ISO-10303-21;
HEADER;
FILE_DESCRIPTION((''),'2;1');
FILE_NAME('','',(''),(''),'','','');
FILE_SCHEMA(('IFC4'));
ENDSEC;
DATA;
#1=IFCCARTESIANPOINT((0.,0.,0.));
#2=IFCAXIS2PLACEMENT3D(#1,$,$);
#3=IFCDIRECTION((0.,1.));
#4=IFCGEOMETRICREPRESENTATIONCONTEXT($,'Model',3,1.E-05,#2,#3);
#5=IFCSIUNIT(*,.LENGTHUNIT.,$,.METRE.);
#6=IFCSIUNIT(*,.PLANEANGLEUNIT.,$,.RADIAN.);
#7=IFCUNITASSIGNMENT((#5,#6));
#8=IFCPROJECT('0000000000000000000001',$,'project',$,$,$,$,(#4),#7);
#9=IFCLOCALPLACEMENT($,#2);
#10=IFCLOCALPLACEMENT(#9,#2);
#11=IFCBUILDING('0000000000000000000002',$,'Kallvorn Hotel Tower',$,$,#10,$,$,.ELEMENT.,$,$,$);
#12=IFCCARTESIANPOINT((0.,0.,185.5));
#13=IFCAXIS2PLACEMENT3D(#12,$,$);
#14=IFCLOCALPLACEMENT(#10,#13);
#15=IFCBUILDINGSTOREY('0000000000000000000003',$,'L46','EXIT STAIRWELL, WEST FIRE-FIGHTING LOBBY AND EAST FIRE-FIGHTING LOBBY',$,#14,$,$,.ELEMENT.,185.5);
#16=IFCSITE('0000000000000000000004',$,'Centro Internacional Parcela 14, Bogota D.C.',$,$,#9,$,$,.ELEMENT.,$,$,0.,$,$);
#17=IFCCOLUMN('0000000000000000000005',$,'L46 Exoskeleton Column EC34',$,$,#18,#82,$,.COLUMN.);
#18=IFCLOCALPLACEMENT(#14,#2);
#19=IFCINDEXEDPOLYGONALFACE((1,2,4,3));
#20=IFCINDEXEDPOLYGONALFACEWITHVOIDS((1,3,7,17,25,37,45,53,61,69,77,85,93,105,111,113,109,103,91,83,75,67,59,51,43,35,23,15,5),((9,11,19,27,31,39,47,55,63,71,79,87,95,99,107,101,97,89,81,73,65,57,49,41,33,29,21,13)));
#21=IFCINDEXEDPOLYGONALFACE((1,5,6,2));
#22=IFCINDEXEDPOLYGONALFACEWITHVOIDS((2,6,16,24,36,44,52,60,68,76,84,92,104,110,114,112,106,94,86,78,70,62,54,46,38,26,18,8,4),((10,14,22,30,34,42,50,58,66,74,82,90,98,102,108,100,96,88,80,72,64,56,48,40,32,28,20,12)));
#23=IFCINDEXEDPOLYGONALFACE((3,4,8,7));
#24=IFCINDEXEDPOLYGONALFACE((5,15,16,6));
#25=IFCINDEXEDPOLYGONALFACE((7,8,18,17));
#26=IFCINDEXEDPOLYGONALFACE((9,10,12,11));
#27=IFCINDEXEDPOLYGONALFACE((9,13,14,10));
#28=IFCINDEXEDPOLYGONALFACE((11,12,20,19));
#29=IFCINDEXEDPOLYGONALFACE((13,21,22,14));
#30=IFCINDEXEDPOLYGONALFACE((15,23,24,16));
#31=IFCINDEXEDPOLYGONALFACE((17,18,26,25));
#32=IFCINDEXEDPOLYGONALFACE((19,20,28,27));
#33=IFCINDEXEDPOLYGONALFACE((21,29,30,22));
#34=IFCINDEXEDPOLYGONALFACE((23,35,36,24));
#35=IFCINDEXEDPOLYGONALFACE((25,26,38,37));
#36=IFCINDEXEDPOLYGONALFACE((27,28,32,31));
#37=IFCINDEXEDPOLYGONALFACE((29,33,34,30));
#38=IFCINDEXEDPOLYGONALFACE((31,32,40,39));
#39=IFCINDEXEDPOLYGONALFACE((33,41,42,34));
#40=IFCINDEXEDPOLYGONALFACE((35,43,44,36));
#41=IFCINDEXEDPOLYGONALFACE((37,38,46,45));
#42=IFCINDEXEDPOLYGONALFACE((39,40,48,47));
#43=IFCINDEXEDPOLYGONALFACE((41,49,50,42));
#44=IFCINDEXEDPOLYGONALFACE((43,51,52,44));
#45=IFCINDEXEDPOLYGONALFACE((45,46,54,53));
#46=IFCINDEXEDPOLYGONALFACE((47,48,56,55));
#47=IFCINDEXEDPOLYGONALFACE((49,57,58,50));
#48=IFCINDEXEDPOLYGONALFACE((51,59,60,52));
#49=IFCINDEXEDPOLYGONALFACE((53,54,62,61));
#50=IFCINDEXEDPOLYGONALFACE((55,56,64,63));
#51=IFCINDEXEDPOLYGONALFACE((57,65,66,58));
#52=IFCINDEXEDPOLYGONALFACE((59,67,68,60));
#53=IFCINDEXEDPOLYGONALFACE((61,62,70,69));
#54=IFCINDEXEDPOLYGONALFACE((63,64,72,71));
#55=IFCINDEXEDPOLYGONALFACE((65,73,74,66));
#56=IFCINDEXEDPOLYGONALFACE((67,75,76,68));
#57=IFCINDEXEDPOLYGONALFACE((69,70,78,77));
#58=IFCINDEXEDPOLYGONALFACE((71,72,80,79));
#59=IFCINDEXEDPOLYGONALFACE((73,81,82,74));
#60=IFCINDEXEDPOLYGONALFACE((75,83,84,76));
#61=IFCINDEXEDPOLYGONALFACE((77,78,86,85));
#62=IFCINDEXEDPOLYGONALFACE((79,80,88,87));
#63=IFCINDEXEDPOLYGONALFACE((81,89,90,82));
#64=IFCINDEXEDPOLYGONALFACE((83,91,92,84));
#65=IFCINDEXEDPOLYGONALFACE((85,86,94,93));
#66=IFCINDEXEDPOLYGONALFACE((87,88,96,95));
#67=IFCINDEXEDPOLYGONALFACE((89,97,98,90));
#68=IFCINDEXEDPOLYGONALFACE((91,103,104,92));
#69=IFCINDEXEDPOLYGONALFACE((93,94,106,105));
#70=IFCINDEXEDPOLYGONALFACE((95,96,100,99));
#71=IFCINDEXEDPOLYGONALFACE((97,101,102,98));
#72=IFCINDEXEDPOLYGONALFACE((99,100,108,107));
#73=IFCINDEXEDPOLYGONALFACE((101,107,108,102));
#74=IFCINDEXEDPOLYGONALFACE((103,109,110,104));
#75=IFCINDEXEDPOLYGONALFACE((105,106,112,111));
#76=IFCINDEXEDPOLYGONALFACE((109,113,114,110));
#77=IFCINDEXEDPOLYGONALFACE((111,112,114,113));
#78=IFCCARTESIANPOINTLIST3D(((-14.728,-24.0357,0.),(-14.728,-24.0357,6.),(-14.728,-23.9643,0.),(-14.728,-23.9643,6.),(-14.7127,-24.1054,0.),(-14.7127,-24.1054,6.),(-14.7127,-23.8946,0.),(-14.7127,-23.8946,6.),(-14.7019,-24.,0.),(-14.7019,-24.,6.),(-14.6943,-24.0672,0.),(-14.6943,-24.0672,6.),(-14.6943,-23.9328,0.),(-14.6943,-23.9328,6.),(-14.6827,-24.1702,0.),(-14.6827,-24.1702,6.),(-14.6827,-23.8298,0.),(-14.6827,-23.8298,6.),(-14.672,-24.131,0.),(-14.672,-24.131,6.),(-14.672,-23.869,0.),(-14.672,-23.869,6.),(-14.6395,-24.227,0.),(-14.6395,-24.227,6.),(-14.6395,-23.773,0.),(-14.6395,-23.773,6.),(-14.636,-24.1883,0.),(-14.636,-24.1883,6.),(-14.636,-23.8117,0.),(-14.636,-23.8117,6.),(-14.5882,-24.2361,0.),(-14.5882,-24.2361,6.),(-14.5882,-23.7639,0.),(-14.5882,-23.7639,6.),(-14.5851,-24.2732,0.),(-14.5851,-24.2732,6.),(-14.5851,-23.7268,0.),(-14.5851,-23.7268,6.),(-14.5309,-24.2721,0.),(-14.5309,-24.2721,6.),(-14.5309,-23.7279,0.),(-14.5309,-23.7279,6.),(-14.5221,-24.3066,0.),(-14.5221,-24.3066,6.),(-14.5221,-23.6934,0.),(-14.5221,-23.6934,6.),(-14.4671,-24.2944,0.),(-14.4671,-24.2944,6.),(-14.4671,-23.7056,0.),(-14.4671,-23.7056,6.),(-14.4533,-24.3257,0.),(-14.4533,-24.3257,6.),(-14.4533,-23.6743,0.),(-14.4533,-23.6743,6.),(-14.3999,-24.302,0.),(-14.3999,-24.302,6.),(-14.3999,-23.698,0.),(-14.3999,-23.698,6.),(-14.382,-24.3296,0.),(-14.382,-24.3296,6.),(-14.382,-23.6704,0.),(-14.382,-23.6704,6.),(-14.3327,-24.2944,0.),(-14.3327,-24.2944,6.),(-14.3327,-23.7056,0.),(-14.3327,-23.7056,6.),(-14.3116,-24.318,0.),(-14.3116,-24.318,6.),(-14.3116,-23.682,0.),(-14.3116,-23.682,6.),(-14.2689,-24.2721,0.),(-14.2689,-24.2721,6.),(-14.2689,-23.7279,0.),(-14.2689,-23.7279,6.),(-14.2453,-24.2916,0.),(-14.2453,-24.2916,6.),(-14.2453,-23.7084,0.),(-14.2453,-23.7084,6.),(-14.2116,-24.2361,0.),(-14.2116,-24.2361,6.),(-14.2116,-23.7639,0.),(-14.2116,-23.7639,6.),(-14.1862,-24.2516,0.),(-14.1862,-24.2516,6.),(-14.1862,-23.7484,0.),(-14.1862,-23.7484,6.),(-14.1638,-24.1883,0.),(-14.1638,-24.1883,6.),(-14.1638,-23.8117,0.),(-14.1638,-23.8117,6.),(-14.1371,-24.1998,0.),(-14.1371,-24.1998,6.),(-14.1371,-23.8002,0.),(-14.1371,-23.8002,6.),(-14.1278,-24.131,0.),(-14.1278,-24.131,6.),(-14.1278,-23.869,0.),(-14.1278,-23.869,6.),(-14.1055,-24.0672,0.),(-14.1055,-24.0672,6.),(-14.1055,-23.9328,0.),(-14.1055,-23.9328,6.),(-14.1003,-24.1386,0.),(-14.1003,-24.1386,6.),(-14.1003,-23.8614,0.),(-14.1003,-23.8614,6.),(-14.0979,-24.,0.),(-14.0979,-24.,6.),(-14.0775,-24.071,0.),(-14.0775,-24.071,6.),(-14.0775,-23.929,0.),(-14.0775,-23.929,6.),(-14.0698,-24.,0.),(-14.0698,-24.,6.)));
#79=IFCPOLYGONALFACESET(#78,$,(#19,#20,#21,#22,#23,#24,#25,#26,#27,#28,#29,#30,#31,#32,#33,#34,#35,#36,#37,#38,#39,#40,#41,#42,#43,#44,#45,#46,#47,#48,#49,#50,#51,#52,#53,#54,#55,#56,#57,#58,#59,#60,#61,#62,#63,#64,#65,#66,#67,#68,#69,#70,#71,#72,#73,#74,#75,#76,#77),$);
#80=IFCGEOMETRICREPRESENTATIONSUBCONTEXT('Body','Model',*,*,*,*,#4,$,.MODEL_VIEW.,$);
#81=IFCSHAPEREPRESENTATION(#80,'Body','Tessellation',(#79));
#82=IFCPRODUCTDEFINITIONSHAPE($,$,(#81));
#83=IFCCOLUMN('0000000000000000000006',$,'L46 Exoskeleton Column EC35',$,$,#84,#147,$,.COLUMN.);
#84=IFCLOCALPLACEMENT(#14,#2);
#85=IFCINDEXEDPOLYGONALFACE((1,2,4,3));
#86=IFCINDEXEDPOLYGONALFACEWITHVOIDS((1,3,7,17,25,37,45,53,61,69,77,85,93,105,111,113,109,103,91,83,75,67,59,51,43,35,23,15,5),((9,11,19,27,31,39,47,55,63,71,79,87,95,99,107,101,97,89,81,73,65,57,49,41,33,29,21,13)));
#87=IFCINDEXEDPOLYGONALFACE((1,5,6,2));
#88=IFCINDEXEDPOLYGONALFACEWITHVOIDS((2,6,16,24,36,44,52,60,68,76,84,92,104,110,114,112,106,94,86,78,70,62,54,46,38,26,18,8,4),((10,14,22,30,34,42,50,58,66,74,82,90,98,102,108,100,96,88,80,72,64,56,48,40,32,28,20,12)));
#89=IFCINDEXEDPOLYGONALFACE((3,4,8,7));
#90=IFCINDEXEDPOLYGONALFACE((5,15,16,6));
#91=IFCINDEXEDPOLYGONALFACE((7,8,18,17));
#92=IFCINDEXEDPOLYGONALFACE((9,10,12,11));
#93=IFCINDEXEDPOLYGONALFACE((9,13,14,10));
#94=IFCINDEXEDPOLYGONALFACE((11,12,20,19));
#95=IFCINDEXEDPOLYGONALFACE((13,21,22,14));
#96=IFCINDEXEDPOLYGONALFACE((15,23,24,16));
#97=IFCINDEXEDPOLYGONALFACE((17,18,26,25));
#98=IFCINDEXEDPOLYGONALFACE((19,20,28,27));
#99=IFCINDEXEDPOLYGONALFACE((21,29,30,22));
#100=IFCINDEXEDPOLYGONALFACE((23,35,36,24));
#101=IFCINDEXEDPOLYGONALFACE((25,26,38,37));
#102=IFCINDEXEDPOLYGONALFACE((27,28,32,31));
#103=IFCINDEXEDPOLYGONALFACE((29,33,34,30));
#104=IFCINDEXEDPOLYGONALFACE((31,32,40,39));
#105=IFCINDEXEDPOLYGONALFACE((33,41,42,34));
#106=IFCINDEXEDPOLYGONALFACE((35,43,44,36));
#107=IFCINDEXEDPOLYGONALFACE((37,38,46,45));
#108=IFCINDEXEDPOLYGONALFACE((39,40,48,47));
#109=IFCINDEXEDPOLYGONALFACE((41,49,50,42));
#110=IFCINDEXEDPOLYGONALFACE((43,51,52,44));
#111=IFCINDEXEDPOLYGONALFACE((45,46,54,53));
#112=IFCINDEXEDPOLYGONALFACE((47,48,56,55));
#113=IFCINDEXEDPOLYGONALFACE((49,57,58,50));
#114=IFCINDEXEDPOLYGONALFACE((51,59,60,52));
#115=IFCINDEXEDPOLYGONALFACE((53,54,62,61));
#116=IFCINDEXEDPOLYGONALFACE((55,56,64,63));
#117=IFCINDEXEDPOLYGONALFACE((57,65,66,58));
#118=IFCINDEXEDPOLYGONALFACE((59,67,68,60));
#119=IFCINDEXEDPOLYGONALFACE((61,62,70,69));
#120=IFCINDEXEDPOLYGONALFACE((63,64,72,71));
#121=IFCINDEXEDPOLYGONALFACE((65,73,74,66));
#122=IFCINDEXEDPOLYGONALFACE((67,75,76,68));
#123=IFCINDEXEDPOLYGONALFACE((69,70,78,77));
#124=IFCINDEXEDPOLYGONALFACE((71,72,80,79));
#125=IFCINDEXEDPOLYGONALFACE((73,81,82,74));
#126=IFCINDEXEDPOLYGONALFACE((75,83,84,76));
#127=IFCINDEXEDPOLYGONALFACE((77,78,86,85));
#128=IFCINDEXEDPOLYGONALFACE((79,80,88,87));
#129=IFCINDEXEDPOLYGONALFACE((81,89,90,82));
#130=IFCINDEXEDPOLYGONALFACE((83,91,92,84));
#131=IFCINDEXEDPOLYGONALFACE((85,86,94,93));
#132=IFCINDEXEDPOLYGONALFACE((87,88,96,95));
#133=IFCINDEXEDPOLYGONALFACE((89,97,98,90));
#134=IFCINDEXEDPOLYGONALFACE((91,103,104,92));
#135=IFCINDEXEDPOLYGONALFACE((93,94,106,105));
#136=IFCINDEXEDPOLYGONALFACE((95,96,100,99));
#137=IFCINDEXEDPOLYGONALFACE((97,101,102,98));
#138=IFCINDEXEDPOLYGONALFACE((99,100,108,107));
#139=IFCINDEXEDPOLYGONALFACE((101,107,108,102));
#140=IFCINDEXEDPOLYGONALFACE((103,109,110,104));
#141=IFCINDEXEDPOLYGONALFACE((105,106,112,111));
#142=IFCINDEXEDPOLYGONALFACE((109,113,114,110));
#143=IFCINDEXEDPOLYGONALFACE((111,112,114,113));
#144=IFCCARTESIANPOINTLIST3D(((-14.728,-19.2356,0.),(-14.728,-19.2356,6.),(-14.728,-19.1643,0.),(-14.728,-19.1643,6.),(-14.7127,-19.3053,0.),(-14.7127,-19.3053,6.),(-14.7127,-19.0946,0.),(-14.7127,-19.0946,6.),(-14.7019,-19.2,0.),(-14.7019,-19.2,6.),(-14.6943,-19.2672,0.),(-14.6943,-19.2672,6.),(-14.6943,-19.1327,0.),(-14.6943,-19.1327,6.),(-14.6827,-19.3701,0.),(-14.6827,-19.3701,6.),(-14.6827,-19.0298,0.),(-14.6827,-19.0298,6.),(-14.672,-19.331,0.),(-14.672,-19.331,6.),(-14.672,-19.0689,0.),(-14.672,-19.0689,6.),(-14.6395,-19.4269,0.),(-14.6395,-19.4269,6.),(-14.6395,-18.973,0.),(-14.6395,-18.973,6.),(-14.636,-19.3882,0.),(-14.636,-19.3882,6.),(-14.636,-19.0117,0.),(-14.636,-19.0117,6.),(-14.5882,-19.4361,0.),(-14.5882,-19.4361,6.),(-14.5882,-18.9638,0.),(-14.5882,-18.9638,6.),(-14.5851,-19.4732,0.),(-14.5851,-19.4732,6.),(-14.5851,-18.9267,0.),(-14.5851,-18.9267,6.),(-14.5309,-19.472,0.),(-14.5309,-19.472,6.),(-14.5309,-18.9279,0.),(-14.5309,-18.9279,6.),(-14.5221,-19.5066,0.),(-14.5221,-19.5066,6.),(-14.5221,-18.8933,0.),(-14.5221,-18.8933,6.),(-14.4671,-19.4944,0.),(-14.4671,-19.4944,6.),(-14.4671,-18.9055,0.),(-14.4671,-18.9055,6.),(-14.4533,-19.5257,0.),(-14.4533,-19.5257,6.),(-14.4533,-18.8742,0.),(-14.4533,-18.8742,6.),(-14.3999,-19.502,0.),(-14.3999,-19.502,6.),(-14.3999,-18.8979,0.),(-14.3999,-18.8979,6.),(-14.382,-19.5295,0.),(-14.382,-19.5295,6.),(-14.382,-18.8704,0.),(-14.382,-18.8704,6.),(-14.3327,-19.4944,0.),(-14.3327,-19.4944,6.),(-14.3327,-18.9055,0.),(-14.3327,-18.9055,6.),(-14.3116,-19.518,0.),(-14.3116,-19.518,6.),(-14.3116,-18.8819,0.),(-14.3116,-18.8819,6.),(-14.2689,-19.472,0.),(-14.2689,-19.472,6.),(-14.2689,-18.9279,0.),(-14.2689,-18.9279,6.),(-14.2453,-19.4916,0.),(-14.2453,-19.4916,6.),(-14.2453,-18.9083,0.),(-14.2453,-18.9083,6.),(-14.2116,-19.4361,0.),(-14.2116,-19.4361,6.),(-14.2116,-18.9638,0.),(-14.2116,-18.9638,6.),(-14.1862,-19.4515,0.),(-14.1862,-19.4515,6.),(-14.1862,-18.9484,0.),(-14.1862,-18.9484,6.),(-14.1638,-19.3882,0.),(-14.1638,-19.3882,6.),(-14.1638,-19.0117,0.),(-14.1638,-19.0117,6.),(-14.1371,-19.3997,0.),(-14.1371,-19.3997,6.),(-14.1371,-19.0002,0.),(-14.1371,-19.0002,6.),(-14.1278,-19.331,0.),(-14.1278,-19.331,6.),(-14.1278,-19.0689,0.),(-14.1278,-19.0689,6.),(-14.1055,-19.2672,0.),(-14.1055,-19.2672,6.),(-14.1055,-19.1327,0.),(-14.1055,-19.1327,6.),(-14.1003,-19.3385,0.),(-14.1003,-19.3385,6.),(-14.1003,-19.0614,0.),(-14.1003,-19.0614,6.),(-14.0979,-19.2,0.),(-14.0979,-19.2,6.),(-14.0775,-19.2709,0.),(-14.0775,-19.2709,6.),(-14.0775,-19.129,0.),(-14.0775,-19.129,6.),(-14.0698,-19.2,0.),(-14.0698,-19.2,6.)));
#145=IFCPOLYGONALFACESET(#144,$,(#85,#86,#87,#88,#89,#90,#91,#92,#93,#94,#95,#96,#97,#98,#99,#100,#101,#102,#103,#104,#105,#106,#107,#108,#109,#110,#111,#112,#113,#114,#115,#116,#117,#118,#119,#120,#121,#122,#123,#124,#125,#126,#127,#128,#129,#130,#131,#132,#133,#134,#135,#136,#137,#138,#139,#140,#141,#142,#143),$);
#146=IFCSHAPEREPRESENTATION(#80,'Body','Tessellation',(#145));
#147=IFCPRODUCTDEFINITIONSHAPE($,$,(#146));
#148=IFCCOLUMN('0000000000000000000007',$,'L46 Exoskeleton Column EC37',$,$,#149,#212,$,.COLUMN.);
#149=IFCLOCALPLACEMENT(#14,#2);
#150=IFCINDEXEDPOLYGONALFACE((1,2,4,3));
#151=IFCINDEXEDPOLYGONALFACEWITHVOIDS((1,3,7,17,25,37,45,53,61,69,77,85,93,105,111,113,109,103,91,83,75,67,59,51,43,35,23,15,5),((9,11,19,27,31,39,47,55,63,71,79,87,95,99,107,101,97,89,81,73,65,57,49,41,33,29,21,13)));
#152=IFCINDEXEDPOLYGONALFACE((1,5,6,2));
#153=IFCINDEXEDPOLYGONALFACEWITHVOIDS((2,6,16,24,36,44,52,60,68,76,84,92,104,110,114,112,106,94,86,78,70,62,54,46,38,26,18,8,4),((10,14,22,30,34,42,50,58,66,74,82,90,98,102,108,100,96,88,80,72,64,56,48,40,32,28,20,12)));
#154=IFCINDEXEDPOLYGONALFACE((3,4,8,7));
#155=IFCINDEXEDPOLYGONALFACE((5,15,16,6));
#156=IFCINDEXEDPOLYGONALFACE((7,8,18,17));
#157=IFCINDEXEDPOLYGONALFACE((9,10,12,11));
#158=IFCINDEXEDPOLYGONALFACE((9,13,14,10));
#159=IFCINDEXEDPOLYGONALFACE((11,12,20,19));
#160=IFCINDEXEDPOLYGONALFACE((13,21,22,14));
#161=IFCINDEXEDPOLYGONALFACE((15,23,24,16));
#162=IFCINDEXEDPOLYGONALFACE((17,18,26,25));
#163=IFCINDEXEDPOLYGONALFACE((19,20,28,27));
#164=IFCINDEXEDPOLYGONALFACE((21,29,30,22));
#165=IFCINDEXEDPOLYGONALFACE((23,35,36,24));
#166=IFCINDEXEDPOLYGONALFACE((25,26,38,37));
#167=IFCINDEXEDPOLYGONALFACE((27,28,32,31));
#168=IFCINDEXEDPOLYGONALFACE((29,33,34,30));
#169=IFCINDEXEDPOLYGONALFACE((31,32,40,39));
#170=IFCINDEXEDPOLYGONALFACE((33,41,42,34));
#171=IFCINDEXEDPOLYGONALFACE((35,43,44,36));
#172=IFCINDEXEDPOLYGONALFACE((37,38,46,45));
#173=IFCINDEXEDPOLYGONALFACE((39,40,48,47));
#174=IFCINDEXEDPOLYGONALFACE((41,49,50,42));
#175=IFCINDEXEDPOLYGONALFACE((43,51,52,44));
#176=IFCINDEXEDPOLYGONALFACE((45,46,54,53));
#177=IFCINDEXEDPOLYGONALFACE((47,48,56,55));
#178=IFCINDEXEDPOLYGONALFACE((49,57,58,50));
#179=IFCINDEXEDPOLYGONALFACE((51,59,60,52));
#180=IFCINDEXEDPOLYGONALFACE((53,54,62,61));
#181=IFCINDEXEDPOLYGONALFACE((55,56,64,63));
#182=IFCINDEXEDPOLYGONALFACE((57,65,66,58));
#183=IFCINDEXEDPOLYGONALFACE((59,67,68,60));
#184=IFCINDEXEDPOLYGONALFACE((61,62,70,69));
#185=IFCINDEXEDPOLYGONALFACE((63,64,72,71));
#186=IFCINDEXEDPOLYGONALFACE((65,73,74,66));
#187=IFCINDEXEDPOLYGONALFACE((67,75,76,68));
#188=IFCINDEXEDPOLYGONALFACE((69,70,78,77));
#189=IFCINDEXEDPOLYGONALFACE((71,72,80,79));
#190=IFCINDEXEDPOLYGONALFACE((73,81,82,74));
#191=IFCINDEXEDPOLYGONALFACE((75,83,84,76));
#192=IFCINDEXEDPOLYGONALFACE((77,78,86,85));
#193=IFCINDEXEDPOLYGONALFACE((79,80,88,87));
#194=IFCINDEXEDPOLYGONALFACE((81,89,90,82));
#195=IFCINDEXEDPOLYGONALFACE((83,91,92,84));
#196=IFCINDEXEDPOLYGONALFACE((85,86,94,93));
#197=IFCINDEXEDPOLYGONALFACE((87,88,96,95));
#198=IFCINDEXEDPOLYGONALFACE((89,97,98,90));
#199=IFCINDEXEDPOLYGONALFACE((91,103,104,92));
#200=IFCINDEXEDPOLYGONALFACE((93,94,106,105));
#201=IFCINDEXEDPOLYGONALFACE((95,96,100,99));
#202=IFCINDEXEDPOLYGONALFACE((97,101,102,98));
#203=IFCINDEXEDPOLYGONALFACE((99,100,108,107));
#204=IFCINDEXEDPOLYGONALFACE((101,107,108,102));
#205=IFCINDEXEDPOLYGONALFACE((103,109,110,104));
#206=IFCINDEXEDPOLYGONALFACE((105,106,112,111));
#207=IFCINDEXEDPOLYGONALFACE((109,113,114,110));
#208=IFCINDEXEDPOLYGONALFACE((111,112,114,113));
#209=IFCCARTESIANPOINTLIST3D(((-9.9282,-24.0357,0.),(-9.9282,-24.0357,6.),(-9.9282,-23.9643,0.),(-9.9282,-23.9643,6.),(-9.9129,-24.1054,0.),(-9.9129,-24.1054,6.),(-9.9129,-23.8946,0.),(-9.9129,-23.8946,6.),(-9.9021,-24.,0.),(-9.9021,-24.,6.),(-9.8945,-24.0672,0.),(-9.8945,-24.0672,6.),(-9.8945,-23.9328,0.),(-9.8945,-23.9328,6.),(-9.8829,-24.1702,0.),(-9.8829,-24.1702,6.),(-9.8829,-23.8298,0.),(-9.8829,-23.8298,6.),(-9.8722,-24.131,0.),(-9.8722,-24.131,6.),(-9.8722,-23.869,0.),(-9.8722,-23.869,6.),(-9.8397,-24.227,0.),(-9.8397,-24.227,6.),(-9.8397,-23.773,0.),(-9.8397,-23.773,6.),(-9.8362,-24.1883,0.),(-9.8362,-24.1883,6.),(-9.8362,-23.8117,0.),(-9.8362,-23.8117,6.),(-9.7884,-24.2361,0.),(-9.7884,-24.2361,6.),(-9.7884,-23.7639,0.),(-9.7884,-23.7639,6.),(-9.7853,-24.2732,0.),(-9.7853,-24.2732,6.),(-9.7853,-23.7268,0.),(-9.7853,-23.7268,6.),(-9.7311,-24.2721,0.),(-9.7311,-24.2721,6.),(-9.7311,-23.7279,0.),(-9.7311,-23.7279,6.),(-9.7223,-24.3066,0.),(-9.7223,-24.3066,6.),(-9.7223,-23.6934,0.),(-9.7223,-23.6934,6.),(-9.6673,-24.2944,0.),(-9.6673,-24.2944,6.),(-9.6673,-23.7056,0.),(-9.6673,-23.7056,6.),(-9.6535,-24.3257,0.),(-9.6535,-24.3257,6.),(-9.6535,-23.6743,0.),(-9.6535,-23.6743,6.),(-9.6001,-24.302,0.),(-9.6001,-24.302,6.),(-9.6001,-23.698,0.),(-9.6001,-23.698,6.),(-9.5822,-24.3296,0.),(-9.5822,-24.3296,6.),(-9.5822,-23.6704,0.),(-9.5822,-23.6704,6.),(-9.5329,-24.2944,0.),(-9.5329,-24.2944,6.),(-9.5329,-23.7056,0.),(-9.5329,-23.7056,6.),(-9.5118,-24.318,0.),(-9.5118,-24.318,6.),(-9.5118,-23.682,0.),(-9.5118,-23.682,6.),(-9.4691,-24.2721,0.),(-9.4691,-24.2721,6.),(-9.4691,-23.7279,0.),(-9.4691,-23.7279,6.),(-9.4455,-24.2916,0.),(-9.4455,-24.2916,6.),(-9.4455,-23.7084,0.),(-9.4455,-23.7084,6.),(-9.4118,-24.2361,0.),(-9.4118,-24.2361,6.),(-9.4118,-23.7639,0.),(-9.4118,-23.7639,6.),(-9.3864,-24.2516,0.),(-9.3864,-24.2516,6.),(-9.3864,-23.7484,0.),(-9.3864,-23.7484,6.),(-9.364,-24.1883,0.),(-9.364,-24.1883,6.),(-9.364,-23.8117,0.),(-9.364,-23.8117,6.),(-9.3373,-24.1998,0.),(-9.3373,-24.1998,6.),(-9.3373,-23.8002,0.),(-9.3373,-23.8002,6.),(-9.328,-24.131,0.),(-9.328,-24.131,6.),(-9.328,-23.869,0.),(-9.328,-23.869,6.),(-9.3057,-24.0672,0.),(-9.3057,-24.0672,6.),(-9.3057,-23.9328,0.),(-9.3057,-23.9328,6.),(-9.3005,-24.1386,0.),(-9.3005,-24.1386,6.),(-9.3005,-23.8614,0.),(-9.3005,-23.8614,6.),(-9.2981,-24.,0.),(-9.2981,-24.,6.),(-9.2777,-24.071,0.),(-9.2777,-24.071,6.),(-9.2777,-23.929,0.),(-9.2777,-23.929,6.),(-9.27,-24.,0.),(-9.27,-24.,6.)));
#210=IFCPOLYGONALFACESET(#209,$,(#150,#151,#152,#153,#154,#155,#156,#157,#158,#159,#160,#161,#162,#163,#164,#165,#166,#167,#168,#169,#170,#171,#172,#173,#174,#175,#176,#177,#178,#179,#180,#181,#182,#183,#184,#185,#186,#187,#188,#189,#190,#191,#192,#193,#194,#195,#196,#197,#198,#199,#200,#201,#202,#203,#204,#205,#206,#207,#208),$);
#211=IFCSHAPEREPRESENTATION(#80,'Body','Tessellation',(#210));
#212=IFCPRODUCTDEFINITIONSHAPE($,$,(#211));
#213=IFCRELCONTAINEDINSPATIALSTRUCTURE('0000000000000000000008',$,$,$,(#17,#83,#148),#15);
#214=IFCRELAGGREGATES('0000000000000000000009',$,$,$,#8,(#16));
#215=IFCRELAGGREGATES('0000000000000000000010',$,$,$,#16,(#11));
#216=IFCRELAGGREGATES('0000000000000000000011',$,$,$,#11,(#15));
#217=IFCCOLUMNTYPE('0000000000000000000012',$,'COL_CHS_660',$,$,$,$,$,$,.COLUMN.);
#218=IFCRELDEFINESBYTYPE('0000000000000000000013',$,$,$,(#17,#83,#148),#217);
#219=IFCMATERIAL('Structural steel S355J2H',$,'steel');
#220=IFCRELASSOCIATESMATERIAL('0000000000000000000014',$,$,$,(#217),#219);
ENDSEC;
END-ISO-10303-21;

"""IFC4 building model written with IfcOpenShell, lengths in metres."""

from ifc_helpers import new_model, si_unit, direction, frame, origin, origin_2d, place, context, subcontext, project, spatial, hollow_circle, extrude, material, material_profile, profile_set, type_object, element, save


model = new_model("IFC4")

# Units and contexts
model_context = context("Model", 3, precision=1e-05, world=origin(), true_north=direction((0.0, 1.0)))
body_context = subcontext(model_context, "Body", "Model", "MODEL_VIEW")
ifc_project = project(units=[si_unit("LENGTHUNIT", "METRE"), si_unit("PLANEANGLEUNIT", "RADIAN")], contexts=[model_context])

# Site, building, storey
site_placement = place(None, origin())
site = spatial("IfcSite", under=ifc_project, at=site_placement, Name="Centro Internacional Parcela 14, Bogota D.C.", CompositionType="ELEMENT", RefElevation=0.0)
building_placement = place(site_placement, origin())
building = spatial("IfcBuilding", under=site, at=building_placement, Name="Kallvorn Hotel Tower", CompositionType="ELEMENT")
storey_placement = place(building_placement, frame((0.0, 0.0, 185.5)))
storey = spatial("IfcBuildingStorey", under=building, at=storey_placement, Name="L46", Description="EXIT STAIRWELL, WEST FIRE-FIGHTING LOBBY AND EAST FIRE-FIGHTING LOBBY", CompositionType="ELEMENT", Elevation=185.5)

# Columns
ifc_material_1 = material(Name="Structural steel S355J2H", Category="steel")
ifc_material_profile_1 = material_profile(ifc_material_1, hollow_circle(Radius=0.3301, WallThickness=0.0281, at=origin_2d()), Name="CHS 660x28")
ifc_profile_set_1 = profile_set([ifc_material_profile_1], Name="Structural steel S355J2H")
column_type_1 = type_object("IfcColumnType", Name="COL_CHS_660", PredefinedType="COLUMN", material=ifc_profile_set_1)
for number, where, z_axis, x_axis, name in (
    (1, (-14.3999, -24.0, 0.0), (0.0, 0.0, 1.0), (1.0, 0.0, 0.0), "L46 Exoskeleton Column EC34"),
    (2, (-14.3999, -19.2, 0.0), (0.0, 0.0, 1.0), (1.0, 0.0, 0.0), "L46 Exoskeleton Column EC35"),
    (3, (-9.6001, -24.0, 0.0), (0.0, 0.0, 1.0), (1.0, 0.0, 0.0), "L46 Exoskeleton Column EC37"),
):
    element("IfcColumn", number, at=place(storey_placement, frame(where, z_axis=z_axis, x_axis=x_axis)), inside=storey, type_object=column_type_1, Name=name, PredefinedType="COLUMN", context=body_context, shape_type="SweptSolid", body=[
        extrude(hollow_circle(Radius=0.3301, WallThickness=0.0281, at=origin_2d()), origin(), (0.0, 0.0, 1.0), 6.0),
    ])

save(model, "model.ifc")
